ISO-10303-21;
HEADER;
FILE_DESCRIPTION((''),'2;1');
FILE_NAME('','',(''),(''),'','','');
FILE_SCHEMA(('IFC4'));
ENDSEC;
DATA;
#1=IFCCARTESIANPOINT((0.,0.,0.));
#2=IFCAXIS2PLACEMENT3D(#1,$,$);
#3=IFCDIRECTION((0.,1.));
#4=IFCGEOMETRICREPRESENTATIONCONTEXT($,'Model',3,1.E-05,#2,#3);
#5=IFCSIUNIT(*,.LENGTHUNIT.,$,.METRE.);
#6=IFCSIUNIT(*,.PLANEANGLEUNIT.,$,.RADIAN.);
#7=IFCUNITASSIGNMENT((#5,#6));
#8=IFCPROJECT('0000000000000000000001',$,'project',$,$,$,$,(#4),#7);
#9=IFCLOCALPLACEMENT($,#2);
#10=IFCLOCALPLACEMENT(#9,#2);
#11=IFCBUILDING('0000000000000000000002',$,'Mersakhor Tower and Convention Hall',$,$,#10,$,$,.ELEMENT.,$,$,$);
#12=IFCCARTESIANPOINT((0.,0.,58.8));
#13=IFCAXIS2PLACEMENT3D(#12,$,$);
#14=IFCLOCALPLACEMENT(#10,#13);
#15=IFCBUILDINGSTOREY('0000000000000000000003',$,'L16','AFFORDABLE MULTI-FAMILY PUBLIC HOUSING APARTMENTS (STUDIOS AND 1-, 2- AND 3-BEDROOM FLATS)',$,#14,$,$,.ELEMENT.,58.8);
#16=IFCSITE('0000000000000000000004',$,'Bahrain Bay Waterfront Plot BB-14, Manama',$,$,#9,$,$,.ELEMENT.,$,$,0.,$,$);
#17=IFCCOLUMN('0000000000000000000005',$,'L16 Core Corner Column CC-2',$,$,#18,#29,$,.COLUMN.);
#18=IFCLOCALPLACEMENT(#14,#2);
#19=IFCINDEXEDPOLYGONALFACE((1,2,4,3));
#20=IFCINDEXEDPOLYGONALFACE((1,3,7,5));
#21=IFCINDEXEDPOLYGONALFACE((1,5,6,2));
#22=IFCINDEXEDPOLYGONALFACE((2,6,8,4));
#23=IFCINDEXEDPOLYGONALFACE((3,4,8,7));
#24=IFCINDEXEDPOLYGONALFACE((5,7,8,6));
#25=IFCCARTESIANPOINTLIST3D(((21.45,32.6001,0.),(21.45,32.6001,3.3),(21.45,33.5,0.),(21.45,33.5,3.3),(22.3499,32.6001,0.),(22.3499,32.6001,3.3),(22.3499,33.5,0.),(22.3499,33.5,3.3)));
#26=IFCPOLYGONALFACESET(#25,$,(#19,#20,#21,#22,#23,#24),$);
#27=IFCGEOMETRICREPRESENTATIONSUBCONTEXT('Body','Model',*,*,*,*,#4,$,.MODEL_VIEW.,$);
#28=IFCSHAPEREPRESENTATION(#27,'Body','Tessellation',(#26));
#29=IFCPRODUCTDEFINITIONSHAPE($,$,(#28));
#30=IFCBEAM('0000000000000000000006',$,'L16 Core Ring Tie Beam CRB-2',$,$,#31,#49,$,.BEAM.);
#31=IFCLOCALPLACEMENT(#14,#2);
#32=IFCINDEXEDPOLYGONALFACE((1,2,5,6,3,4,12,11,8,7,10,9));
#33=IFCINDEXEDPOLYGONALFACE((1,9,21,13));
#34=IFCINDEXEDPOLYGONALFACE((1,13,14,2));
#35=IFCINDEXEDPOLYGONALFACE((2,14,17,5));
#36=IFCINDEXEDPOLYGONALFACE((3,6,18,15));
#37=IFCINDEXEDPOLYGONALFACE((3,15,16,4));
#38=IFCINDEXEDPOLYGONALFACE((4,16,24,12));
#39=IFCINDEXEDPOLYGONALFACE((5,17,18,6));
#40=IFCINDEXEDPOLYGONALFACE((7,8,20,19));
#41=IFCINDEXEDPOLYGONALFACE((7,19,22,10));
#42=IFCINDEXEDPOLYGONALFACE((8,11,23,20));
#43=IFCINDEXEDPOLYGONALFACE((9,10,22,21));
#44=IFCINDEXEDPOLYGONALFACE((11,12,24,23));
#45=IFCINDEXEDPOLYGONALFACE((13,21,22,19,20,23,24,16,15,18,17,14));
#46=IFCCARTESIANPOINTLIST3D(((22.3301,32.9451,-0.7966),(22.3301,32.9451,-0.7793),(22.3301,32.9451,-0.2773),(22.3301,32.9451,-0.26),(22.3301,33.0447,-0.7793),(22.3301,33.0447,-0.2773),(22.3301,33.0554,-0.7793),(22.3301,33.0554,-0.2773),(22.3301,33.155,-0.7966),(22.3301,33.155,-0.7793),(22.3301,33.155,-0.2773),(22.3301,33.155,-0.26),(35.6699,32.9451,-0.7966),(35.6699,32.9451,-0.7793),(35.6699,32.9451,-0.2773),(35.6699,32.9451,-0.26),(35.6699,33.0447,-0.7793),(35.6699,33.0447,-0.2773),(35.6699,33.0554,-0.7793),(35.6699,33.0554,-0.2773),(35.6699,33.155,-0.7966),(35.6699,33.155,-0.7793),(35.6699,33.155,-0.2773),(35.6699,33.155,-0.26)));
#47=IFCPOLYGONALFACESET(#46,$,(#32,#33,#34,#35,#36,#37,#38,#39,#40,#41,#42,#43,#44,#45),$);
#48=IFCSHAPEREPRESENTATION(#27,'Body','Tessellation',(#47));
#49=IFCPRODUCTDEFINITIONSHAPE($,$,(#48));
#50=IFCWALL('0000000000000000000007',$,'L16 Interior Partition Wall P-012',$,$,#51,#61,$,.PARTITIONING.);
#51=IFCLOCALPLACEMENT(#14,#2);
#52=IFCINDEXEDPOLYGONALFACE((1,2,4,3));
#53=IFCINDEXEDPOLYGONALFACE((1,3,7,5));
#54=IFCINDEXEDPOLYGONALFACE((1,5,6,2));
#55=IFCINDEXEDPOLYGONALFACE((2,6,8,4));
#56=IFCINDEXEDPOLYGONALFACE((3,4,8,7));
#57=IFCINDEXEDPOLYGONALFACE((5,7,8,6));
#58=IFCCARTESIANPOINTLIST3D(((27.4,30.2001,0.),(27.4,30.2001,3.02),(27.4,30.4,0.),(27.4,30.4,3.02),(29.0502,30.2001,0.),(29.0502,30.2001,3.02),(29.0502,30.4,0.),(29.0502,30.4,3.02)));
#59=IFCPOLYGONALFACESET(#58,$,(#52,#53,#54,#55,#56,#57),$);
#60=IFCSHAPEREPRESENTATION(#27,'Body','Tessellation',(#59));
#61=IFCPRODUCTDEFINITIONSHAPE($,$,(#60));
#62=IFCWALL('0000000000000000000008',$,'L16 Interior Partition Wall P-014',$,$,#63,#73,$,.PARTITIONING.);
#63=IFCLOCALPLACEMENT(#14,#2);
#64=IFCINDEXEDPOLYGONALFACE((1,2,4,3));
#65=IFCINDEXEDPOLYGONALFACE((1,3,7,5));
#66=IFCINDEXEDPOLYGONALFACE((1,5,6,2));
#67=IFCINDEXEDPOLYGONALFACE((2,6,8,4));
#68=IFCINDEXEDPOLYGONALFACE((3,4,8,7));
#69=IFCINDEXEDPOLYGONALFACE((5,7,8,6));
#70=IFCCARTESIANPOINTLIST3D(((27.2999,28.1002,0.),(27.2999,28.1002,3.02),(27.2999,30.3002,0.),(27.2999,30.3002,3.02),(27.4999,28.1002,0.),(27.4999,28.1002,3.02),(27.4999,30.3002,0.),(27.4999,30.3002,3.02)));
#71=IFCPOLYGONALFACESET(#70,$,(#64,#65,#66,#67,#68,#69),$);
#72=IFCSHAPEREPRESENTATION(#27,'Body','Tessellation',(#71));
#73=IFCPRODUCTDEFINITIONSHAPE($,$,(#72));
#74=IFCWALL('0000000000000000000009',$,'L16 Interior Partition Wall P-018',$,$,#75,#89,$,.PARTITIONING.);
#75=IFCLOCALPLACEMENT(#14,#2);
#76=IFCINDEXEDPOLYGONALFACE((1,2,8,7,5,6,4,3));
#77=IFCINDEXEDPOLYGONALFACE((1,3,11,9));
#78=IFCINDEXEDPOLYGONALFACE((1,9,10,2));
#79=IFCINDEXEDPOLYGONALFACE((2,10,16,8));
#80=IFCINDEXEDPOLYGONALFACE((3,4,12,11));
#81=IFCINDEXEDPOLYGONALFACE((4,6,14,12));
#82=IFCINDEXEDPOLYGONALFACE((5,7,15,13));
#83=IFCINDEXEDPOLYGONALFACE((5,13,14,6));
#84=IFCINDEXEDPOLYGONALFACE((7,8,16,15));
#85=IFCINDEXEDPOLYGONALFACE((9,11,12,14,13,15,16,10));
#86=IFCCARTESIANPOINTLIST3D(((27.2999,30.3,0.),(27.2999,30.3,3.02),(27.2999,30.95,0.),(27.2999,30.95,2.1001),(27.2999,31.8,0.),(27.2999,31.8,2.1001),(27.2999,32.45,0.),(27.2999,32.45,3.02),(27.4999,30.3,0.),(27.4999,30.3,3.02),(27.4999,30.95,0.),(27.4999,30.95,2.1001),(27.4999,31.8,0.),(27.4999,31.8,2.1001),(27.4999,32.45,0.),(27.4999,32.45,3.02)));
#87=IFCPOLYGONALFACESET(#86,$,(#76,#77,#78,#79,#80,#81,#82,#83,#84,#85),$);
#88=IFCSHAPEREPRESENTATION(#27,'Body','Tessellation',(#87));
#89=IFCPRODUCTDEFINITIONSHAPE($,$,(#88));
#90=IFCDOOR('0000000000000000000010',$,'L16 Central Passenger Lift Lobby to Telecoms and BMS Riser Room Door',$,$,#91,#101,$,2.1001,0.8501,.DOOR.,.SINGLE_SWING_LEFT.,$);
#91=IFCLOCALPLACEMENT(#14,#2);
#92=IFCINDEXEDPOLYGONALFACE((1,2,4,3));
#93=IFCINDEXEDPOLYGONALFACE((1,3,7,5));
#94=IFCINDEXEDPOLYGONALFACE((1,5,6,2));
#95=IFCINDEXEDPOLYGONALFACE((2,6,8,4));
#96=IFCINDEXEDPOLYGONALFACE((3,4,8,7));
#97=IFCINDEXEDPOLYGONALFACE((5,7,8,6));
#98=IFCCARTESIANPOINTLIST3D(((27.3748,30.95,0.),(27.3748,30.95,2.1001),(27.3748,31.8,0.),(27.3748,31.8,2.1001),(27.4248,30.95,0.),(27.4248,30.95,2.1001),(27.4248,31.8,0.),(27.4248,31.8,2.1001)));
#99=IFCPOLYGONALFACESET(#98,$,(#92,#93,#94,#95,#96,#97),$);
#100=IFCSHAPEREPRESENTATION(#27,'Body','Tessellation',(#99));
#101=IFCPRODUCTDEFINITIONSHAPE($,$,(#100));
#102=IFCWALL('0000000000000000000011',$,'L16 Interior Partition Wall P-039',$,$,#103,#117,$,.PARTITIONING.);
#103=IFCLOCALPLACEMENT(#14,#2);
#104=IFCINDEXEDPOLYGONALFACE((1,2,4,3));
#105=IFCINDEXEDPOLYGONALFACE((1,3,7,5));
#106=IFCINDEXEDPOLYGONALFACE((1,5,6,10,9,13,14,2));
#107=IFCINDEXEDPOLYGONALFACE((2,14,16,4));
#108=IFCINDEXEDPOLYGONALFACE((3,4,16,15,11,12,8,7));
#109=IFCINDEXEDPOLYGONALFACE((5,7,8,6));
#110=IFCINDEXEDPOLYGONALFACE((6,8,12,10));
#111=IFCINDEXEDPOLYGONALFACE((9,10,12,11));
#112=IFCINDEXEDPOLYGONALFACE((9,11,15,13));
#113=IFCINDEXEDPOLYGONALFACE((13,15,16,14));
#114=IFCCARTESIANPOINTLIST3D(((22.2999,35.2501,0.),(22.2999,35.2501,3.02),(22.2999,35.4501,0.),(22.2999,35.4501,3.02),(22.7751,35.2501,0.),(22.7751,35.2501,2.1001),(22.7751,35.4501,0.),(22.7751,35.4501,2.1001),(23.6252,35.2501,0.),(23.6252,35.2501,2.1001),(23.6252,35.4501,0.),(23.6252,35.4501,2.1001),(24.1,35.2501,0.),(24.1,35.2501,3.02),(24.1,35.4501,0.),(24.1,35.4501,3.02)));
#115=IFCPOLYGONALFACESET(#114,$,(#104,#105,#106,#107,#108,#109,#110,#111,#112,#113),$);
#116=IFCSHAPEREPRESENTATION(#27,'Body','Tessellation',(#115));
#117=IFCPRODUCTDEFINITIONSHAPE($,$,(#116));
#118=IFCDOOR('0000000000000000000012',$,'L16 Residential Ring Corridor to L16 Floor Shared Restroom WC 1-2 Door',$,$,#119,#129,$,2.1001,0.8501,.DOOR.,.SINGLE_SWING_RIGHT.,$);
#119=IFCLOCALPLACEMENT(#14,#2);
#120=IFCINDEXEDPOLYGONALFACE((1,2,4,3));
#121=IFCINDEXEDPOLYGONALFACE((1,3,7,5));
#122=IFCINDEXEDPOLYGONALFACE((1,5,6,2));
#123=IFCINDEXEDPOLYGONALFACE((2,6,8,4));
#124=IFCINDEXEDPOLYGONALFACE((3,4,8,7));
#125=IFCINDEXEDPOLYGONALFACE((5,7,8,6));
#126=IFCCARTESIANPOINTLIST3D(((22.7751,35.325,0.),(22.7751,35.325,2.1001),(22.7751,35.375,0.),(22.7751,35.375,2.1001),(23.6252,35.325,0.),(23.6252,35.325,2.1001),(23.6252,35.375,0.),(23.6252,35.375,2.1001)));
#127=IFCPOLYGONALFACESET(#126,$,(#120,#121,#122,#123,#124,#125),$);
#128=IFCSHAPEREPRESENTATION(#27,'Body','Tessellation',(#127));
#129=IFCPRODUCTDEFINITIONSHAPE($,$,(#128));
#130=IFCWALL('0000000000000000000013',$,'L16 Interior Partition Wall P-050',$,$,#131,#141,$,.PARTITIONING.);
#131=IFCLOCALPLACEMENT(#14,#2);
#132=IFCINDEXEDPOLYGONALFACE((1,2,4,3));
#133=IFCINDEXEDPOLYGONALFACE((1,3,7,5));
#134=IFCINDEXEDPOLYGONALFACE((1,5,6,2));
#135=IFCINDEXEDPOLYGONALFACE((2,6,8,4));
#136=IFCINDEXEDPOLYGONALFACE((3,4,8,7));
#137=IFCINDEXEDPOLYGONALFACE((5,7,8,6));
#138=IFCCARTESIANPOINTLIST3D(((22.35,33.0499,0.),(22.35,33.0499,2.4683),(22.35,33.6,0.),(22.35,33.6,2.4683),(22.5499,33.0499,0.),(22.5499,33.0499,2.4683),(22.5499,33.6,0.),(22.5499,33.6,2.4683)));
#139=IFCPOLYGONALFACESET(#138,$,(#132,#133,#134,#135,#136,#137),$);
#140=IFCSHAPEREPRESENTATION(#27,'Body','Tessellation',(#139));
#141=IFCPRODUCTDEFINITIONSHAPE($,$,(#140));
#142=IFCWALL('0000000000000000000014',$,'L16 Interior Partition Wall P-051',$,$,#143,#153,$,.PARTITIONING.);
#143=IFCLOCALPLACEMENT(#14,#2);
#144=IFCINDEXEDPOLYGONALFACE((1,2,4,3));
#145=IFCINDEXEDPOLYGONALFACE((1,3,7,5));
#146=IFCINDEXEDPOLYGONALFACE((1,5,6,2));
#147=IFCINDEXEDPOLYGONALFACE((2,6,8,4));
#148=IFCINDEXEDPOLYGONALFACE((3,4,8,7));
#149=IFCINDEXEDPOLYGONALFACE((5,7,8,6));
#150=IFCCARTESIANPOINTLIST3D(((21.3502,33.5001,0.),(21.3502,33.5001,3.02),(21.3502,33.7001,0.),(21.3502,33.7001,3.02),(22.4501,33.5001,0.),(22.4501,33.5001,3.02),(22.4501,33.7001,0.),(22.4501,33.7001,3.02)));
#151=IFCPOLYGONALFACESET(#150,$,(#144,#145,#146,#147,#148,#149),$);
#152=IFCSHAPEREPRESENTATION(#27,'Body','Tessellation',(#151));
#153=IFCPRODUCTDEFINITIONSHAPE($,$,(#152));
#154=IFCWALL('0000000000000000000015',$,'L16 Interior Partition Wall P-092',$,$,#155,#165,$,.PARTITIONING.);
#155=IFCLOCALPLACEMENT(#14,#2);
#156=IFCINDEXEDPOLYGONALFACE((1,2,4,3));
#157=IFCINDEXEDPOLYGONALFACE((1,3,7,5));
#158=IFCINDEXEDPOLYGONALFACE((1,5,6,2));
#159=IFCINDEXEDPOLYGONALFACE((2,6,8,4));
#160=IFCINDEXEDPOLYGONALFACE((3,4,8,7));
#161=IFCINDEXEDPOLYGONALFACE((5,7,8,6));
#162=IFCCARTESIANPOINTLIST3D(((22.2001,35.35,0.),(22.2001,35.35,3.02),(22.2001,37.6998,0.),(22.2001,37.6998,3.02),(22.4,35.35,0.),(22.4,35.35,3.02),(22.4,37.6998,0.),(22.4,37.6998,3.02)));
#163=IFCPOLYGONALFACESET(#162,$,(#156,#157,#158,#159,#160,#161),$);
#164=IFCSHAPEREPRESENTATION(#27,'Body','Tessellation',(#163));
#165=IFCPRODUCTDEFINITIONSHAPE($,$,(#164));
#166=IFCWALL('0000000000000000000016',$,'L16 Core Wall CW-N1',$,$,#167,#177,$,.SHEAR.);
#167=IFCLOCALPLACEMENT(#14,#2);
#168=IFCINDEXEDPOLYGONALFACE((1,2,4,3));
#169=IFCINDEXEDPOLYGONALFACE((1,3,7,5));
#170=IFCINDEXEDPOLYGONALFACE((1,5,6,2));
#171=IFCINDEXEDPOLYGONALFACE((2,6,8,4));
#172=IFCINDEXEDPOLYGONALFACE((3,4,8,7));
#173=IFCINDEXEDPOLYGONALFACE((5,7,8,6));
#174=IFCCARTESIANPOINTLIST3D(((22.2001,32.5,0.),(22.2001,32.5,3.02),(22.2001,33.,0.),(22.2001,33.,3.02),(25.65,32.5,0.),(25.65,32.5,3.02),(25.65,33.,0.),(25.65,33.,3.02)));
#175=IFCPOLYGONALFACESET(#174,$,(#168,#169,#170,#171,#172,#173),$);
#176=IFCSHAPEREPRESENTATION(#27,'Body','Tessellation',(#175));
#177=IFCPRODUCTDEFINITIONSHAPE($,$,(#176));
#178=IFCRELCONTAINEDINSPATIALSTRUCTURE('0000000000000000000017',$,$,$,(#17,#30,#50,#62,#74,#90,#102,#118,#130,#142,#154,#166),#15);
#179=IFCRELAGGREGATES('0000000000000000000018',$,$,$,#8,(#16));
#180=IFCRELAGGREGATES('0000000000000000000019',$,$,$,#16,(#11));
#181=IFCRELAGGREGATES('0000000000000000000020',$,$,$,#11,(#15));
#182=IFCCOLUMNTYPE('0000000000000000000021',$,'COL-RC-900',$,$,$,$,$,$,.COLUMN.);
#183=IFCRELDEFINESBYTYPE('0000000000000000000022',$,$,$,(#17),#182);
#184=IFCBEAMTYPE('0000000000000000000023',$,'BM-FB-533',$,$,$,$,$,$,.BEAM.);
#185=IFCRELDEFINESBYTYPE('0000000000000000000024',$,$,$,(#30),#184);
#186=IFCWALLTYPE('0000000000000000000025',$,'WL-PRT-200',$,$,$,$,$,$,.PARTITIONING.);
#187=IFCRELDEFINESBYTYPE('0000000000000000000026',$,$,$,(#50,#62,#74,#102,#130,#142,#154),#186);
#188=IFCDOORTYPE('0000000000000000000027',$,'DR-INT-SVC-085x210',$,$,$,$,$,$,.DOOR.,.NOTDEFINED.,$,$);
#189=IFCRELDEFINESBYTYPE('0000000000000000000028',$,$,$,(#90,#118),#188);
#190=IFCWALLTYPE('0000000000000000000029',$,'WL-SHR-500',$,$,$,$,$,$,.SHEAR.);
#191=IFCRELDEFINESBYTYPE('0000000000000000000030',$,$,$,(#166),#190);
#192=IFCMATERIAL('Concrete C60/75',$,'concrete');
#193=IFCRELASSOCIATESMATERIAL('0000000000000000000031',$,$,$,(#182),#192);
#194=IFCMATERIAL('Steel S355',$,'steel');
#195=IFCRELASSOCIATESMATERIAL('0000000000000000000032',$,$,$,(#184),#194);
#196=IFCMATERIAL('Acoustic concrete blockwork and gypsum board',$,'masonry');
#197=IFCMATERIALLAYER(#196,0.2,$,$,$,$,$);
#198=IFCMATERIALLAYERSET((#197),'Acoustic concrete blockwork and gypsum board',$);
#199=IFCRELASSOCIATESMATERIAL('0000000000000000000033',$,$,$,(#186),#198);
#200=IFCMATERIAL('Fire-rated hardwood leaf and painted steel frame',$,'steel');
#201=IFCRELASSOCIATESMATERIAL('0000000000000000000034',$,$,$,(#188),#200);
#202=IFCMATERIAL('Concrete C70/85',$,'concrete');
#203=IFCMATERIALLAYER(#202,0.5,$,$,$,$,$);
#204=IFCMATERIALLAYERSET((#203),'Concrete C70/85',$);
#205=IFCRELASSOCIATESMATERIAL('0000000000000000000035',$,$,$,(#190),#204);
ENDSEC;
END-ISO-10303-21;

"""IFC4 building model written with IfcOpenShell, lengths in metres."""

from ifc_helpers import new_model, si_unit, direction, frame, frame_2d, origin, origin_2d, place, context, subcontext, project, spatial, rectangle, i_section, extrude, material, layer, layer_set, material_profile, profile_set, type_object, element, fill, save


model = new_model("IFC4")

# Units and contexts
model_context = context("Model", 3, precision=1e-05, world=origin(), true_north=direction((0.0, 1.0)))
body_context = subcontext(model_context, "Body", "Model", "MODEL_VIEW")
ifc_project = project(units=[si_unit("LENGTHUNIT", "METRE"), si_unit("PLANEANGLEUNIT", "RADIAN")], contexts=[model_context])

# Site, building, storey
site_placement = place(None, origin())
site = spatial("IfcSite", under=ifc_project, at=site_placement, Name="Bahrain Bay Waterfront Plot BB-14, Manama", CompositionType="ELEMENT", RefElevation=0.0)
building_placement = place(site_placement, origin())
building = spatial("IfcBuilding", under=site, at=building_placement, Name="Mersakhor Tower and Convention Hall", CompositionType="ELEMENT")
storey_placement = place(building_placement, frame((0.0, 0.0, 58.8)))
storey = spatial("IfcBuildingStorey", under=building, at=storey_placement, Name="L16", Description="AFFORDABLE MULTI-FAMILY PUBLIC HOUSING APARTMENTS (STUDIOS AND 1-, 2- AND 3-BEDROOM FLATS)", CompositionType="ELEMENT", Elevation=58.8)

# Column
ifc_material_1 = material(Name="Concrete C60/75", Category="concrete")
ifc_material_profile_1 = material_profile(ifc_material_1, rectangle(XDim=0.8999, YDim=0.8999, at=origin_2d()), Name="RC 900x900")
ifc_profile_set_1 = profile_set([ifc_material_profile_1], Name="Concrete C60/75")
column_type = type_object("IfcColumnType", Name="COL-RC-900", PredefinedType="COLUMN", material=ifc_profile_set_1)
column_placement = place(storey_placement, frame((21.8999, 33.05, 0.0), z_axis=(0.0, 0.0, 1.0), x_axis=(1.0, 0.0, 0.0)))
element("IfcColumn", 1, at=column_placement, inside=storey, type_object=column_type, Name="L16 Core Corner Column CC-2", PredefinedType="COLUMN", context=body_context, shape_type="SweptSolid", body=[
    extrude(rectangle(XDim=0.8999, YDim=0.8999, at=origin_2d()), origin(), (0.0, 0.0, 1.0), 3.3),
])

# Beam
ifc_material_2 = material(Name="Steel S355", Category="steel")
ifc_material_profile_2 = material_profile(ifc_material_2, i_section(OverallWidth=0.21, OverallDepth=0.5366, WebThickness=0.0107, FlangeThickness=0.0173, at=origin_2d()), Name="UB 533x210x101")
ifc_profile_set_2 = profile_set([ifc_material_profile_2], Name="Steel S355")
beam_type = type_object("IfcBeamType", Name="BM-FB-533", PredefinedType="BEAM", material=ifc_profile_set_2)
beam_placement = place(storey_placement, frame((22.3301, 33.05, -0.5283), z_axis=(1.0, 0.0, 0.0), x_axis=(0.0, 1.0, 0.0)))
element("IfcBeam", 2, at=beam_placement, inside=storey, type_object=beam_type, Name="L16 Core Ring Tie Beam CRB-2", PredefinedType="BEAM", context=body_context, shape_type="SweptSolid", body=[
    extrude(i_section(OverallWidth=0.21, OverallDepth=0.5366, WebThickness=0.0107, FlangeThickness=0.0173, at=origin_2d()), origin(), (0.0, 0.0, 1.0), 13.3398),
])

# Shared definitions
ifc_material_3 = material(Name="Acoustic concrete blockwork and gypsum board", Category="masonry")
ifc_layer_1 = layer(ifc_material_3, 0.2)
ifc_layer_set_1 = layer_set([ifc_layer_1], Name="Acoustic concrete blockwork and gypsum board")
wall_type_1 = type_object("IfcWallType", Name="WL-PRT-200", PredefinedType="PARTITIONING", material=ifc_layer_set_1)

# Walls
wall_1_placement = place(storey_placement, frame((27.3999, 30.3, 0.0), z_axis=(0.0, 0.0, 1.0), x_axis=(1.0, 0.0, 0.0)))
element("IfcWall", 3, at=wall_1_placement, inside=storey, type_object=wall_type_1, Name="L16 Interior Partition Wall P-012", PredefinedType="PARTITIONING", context=body_context, shape_type="SweptSolid", body=[
    extrude(rectangle(XDim=1.6501, YDim=0.2, at=frame_2d((0.8252, 0.0))), origin(), (0.0, 0.0, 1.0), 3.02),
])
wall_2_placement = place(storey_placement, frame((27.3999, 28.1001, 0.0), z_axis=(0.0, 0.0, 1.0), x_axis=(0.0, 1.0, 0.0)))
element("IfcWall", 4, at=wall_2_placement, inside=storey, type_object=wall_type_1, Name="L16 Interior Partition Wall P-014", PredefinedType="PARTITIONING", context=body_context, shape_type="SweptSolid", body=[
    extrude(rectangle(XDim=2.2, YDim=0.2, at=frame_2d((1.1001, 0.0))), origin(), (0.0, 0.0, 1.0), 3.02),
])

# Walls, openings, doors
wall_3_placement = place(storey_placement, frame((27.3999, 32.45, 0.0), z_axis=(0.0, 0.0, 1.0), x_axis=(0.0, -1.0, 0.0)))
wall_3 = element("IfcWall", 5, at=wall_3_placement, inside=storey, type_object=wall_type_1, Name="L16 Interior Partition Wall P-018", PredefinedType="PARTITIONING", context=body_context, shape_type="SweptSolid", body=[
    extrude(rectangle(XDim=2.1499, YDim=0.2, at=frame_2d((1.075, 0.0))), origin(), (0.0, 0.0, 1.0), 3.02),
])
opening_1_placement = place(wall_3_placement, frame((0.6499, 0.0, 0.0)))
opening_1 = element("IfcOpeningElement", 6, at=opening_1_placement, cuts=wall_3, PredefinedType="OPENING", context=body_context, shape_type="SweptSolid", body=[
    extrude(rectangle(XDim=0.8501, YDim=2.1001, at=frame_2d((0.425, 1.05))), frame((0.0, 0.1099, 0.0), z_axis=(0.0, -1.0, 0.0), x_axis=(1.0, 0.0, 0.0)), (0.0, 0.0, 1.0), 0.22),
])
ifc_material_4 = material(Name="Fire-rated hardwood leaf and painted steel frame", Category="steel")
door_type_1 = type_object("IfcDoorType", Name="DR-INT-SVC-085x210", OperationType="NOTDEFINED", PredefinedType="DOOR", material=ifc_material_4)
door_1_placement = place(opening_1_placement, origin())
door_1 = element("IfcDoor", 7, at=door_1_placement, inside=storey, type_object=door_type_1, Name="L16 Central Passenger Lift Lobby to Telecoms and BMS Riser Room Door", OperationType="SINGLE_SWING_LEFT", OverallHeight=2.1001, OverallWidth=0.8501, PredefinedType="DOOR", context=body_context, shape_type="SweptSolid", body=[
    extrude(rectangle(XDim=0.8501, YDim=2.1001, at=frame_2d((0.425, 1.05))), frame((0.0, 0.0249, 0.0), z_axis=(0.0, -1.0, 0.0), x_axis=(1.0, 0.0, 0.0)), (0.0, 0.0, 1.0), 0.05),
])
fill(opening_1, door_1)
wall_4_placement = place(storey_placement, frame((22.3, 35.3501, 0.0), z_axis=(0.0, 0.0, 1.0), x_axis=(1.0, 0.0, 0.0)))
wall_4 = element("IfcWall", 8, at=wall_4_placement, inside=storey, type_object=wall_type_1, Name="L16 Interior Partition Wall P-039", PredefinedType="PARTITIONING", context=body_context, shape_type="SweptSolid", body=[
    extrude(rectangle(XDim=1.8, YDim=0.2, at=frame_2d((0.8999, 0.0))), origin(), (0.0, 0.0, 1.0), 3.02),
])
opening_2_placement = place(wall_4_placement, frame((0.4751, 0.0, 0.0)))
opening_2 = element("IfcOpeningElement", 9, at=opening_2_placement, cuts=wall_4, PredefinedType="OPENING", context=body_context, shape_type="SweptSolid", body=[
    extrude(rectangle(XDim=0.8501, YDim=2.1001, at=frame_2d((0.425, 1.05))), frame((0.0, 0.1099, 0.0), z_axis=(0.0, -1.0, 0.0), x_axis=(1.0, 0.0, 0.0)), (0.0, 0.0, 1.0), 0.22),
])
door_2_placement = place(opening_2_placement, origin())
door_2 = element("IfcDoor", 10, at=door_2_placement, inside=storey, type_object=door_type_1, Name="L16 Residential Ring Corridor to L16 Floor Shared Restroom WC 1-2 Door", OperationType="SINGLE_SWING_RIGHT", OverallHeight=2.1001, OverallWidth=0.8501, PredefinedType="DOOR", context=body_context, shape_type="SweptSolid", body=[
    extrude(rectangle(XDim=0.8501, YDim=2.1001, at=frame_2d((0.425, 1.05))), frame((0.0, 0.0249, 0.0), z_axis=(0.0, -1.0, 0.0), x_axis=(1.0, 0.0, 0.0)), (0.0, 0.0, 1.0), 0.05),
])
fill(opening_2, door_2)

# Walls
wall_5_placement = place(storey_placement, frame((22.45, 33.05, 0.0), z_axis=(0.0, 0.0, 1.0), x_axis=(0.0, 1.0, 0.0)))
element("IfcWall", 11, at=wall_5_placement, inside=storey, type_object=wall_type_1, Name="L16 Interior Partition Wall P-050", PredefinedType="PARTITIONING", context=body_context, shape_type="SweptSolid", body=[
    extrude(rectangle(XDim=0.55, YDim=0.2, at=frame_2d((0.2749, 0.0))), origin(), (0.0, 0.0, 1.0), 2.4683),
])
wall_6_placement = place(storey_placement, frame((22.45, 33.6001, 0.0), z_axis=(0.0, 0.0, 1.0), x_axis=(-1.0, 0.0, 0.0)))
element("IfcWall", 12, at=wall_6_placement, inside=storey, type_object=wall_type_1, Name="L16 Interior Partition Wall P-051", PredefinedType="PARTITIONING", context=body_context, shape_type="SweptSolid", body=[
    extrude(rectangle(XDim=1.0999, YDim=0.2, at=frame_2d((0.5498, 0.0))), origin(), (0.0, 0.0, 1.0), 3.02),
])
wall_7_placement = place(storey_placement, frame((22.3, 35.3501, 0.0), z_axis=(0.0, 0.0, 1.0), x_axis=(0.0, 1.0, 0.0)))
element("IfcWall", 13, at=wall_7_placement, inside=storey, type_object=wall_type_1, Name="L16 Interior Partition Wall P-092", PredefinedType="PARTITIONING", context=body_context, shape_type="SweptSolid", body=[
    extrude(rectangle(XDim=2.3499, YDim=0.2, at=frame_2d((1.1748, 0.0))), origin(), (0.0, 0.0, 1.0), 3.02),
])
ifc_material_5 = material(Name="Concrete C70/85", Category="concrete")
ifc_layer_2 = layer(ifc_material_5, 0.5)
ifc_layer_set_2 = layer_set([ifc_layer_2], Name="Concrete C70/85")
wall_type_2 = type_object("IfcWallType", Name="WL-SHR-500", PredefinedType="SHEAR", material=ifc_layer_set_2)
wall_8_placement = place(storey_placement, frame((22.2, 32.75, 0.0), z_axis=(0.0, 0.0, 1.0), x_axis=(1.0, 0.0, 0.0)))
element("IfcWall", 14, at=wall_8_placement, inside=storey, type_object=wall_type_2, Name="L16 Core Wall CW-N1", PredefinedType="SHEAR", context=body_context, shape_type="SweptSolid", body=[
    extrude(rectangle(XDim=3.45, YDim=0.5, at=frame_2d((1.7251, 0.0))), origin(), (0.0, 0.0, 1.0), 3.02),
])

save(model, "model.ifc")
